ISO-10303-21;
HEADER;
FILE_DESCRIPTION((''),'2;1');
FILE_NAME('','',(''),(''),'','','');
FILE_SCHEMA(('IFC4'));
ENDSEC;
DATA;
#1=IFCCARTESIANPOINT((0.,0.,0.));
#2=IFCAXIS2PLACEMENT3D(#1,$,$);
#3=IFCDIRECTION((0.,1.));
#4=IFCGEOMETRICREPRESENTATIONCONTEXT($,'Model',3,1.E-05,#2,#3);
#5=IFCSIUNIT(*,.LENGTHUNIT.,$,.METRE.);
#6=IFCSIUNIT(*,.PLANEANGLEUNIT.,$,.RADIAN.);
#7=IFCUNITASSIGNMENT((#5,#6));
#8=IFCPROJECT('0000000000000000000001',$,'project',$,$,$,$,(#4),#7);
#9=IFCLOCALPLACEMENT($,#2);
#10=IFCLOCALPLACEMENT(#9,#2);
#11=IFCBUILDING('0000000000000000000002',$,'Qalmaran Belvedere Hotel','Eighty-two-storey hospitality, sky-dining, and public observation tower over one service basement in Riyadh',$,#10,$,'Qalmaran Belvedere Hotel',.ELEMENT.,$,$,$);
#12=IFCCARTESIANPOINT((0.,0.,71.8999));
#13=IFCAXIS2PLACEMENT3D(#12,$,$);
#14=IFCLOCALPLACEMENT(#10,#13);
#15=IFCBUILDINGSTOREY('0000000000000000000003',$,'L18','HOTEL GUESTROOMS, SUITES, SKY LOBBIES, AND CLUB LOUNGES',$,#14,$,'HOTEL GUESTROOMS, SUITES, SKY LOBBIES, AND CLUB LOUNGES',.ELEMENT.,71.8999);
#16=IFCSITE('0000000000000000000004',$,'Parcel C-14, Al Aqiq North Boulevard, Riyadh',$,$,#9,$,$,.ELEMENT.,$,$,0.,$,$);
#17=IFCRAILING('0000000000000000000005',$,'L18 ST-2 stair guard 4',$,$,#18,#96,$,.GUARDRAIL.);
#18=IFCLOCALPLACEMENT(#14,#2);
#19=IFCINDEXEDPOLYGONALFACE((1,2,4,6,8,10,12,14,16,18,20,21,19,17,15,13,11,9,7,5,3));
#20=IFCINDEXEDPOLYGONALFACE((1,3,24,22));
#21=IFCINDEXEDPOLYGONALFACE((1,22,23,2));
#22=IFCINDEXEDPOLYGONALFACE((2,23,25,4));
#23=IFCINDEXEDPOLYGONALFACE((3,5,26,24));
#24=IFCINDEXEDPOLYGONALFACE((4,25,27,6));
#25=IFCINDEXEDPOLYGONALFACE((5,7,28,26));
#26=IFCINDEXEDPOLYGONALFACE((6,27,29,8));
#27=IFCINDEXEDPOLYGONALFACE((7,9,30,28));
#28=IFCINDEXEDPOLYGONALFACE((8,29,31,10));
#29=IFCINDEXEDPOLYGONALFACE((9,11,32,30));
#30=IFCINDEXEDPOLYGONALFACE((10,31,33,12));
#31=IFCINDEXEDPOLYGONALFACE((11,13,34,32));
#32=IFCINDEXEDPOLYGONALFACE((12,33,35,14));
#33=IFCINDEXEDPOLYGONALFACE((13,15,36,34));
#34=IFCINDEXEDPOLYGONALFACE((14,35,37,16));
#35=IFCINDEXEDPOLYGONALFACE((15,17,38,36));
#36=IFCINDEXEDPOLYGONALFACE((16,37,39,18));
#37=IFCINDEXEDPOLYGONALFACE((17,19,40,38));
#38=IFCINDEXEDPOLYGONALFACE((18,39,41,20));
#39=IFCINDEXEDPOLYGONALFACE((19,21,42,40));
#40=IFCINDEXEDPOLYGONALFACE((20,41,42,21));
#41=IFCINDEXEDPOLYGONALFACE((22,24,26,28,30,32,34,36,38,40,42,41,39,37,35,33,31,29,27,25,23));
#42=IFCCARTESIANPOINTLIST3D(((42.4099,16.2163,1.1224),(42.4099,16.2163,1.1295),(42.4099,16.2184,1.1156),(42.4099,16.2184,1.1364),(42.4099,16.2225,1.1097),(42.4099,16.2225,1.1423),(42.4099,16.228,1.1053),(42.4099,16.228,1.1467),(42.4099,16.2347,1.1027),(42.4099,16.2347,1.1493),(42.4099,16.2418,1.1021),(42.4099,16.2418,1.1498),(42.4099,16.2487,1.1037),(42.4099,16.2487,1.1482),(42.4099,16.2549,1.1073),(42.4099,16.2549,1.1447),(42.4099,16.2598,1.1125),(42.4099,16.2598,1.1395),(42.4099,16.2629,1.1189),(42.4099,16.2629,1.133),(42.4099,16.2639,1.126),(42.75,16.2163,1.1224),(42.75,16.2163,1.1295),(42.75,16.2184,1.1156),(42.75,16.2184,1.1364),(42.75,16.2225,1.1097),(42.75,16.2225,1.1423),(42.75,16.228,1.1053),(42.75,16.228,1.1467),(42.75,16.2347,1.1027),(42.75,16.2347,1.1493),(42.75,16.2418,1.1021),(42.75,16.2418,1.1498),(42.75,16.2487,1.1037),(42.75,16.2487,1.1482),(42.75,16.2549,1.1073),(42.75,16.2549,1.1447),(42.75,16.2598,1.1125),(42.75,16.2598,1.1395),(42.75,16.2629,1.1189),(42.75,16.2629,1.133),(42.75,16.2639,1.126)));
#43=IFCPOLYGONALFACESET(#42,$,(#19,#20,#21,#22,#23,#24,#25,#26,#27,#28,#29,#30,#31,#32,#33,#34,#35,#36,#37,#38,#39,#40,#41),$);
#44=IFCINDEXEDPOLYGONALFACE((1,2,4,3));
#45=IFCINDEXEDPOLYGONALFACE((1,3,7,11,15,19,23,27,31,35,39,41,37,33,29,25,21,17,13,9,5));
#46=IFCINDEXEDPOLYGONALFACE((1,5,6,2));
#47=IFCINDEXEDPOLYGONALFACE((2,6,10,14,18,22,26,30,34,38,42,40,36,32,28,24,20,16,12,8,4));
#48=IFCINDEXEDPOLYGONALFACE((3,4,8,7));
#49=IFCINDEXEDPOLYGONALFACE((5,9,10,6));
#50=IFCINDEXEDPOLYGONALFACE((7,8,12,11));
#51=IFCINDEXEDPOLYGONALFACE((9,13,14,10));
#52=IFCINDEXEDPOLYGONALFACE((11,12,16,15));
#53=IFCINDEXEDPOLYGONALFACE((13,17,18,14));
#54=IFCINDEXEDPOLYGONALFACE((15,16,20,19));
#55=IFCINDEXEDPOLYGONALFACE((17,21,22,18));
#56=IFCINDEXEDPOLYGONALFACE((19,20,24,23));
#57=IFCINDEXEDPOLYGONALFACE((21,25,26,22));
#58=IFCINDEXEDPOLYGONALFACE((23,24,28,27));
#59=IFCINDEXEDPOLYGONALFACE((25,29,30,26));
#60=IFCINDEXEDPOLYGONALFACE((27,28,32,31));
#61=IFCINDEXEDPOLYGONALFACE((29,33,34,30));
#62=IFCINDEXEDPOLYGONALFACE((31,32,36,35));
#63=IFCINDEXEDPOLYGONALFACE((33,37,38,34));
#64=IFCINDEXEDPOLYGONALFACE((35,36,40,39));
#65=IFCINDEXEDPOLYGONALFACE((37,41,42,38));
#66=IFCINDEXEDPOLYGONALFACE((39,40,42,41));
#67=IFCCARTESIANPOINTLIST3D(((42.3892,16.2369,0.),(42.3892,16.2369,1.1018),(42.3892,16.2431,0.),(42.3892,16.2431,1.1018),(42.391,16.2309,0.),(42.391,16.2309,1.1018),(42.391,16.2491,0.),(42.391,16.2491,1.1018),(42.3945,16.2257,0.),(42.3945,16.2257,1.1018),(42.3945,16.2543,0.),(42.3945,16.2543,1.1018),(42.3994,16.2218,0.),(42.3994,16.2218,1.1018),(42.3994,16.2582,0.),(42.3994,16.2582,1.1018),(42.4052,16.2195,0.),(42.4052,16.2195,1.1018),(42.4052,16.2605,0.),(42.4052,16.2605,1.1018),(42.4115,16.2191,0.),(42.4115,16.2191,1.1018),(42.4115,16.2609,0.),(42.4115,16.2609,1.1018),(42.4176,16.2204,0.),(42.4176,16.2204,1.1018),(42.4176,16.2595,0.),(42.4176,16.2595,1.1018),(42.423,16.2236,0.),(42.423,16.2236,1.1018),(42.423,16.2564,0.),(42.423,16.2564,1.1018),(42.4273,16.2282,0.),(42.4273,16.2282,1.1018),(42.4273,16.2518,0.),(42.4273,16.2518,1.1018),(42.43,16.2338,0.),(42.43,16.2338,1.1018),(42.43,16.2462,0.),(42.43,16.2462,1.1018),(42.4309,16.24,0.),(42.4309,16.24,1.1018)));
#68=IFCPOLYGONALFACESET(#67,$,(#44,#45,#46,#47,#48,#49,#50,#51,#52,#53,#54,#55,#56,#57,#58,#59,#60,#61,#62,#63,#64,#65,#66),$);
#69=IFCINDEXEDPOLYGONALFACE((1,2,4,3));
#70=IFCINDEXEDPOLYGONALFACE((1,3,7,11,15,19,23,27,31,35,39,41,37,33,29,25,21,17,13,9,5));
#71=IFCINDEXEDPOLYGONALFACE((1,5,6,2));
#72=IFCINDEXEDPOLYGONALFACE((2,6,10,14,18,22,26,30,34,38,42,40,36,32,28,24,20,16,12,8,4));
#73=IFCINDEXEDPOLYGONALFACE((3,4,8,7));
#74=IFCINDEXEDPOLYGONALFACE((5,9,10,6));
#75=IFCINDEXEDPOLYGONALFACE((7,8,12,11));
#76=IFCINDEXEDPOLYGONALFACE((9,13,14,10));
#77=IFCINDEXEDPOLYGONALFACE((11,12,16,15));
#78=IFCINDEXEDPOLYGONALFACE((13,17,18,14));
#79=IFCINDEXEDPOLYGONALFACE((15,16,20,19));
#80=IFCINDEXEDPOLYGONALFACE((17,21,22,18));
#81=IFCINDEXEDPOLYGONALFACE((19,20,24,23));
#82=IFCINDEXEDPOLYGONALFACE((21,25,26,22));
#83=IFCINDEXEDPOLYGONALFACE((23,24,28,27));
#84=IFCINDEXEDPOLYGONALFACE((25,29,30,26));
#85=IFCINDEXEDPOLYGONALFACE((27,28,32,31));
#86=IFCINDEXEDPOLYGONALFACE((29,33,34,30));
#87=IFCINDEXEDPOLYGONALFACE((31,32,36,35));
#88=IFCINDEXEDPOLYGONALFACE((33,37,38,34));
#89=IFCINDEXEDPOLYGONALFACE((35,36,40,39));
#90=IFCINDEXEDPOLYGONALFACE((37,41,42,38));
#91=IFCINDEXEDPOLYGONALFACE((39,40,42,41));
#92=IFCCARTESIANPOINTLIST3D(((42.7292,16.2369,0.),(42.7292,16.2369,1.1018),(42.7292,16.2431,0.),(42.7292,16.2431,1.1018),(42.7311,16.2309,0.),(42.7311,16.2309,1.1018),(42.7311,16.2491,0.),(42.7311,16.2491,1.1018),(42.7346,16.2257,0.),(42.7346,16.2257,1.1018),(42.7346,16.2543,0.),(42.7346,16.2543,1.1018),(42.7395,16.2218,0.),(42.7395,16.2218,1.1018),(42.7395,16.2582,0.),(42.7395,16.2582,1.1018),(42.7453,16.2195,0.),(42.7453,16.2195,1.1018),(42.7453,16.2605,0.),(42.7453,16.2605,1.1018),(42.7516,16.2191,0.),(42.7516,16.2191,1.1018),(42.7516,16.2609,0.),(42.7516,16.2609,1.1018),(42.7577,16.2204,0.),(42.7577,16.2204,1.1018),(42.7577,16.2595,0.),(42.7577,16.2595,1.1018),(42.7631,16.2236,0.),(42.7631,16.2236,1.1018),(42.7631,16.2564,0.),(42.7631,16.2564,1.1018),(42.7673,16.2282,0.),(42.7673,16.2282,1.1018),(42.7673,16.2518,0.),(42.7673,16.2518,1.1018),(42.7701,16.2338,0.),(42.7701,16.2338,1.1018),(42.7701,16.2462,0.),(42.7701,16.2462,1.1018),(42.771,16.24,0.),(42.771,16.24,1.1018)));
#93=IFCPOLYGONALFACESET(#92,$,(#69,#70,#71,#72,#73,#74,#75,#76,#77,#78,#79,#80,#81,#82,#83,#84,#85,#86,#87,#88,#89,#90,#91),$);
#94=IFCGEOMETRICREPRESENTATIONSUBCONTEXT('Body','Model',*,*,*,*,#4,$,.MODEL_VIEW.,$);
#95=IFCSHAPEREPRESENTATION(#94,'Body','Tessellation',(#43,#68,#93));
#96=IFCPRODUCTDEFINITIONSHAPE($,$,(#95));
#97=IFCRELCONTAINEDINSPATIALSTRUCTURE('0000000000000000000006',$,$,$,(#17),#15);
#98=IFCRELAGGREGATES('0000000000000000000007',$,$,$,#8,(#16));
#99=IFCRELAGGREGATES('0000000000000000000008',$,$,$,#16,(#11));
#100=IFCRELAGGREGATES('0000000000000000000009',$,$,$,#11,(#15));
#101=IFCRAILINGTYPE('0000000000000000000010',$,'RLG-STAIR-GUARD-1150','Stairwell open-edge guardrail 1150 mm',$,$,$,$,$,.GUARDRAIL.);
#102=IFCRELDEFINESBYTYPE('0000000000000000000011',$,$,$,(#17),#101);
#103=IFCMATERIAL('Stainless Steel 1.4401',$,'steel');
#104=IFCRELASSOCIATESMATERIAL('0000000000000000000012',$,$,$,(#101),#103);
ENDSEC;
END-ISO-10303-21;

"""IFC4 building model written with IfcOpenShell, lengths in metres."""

from ifc_helpers import new_model, si_unit, direction, frame, origin, origin_2d, place, context, subcontext, project, spatial, circle, extrude, material, type_object, element, save


model = new_model("IFC4")

# Units and contexts
model_context = context("Model", 3, precision=1e-05, world=origin(), true_north=direction((0.0, 1.0)))
body_context = subcontext(model_context, "Body", "Model", "MODEL_VIEW")
ifc_project = project(units=[si_unit("LENGTHUNIT", "METRE"), si_unit("PLANEANGLEUNIT", "RADIAN")], contexts=[model_context])

# Site, building, storey
site_placement = place(None, origin())
site = spatial("IfcSite", under=ifc_project, at=site_placement, Name="Parcel C-14, Al Aqiq North Boulevard, Riyadh", CompositionType="ELEMENT", RefElevation=0.0)
building_placement = place(site_placement, origin())
building = spatial("IfcBuilding", under=site, at=building_placement, Name="Qalmaran Belvedere Hotel", Description="Eighty-two-storey hospitality, sky-dining, and public observation tower over one service basement in Riyadh", LongName="Qalmaran Belvedere Hotel", CompositionType="ELEMENT")
storey_placement = place(building_placement, frame((0.0, 0.0, 71.8999)))
storey = spatial("IfcBuildingStorey", under=building, at=storey_placement, Name="L18", Description="HOTEL GUESTROOMS, SUITES, SKY LOBBIES, AND CLUB LOUNGES", LongName="HOTEL GUESTROOMS, SUITES, SKY LOBBIES, AND CLUB LOUNGES", CompositionType="ELEMENT", Elevation=71.8999)

# Shared definitions
ifc_material_1 = material(Name="Stainless Steel 1.4401", Category="steel")

# Railing
railing_type_1 = type_object("IfcRailingType", Name="RLG-STAIR-GUARD-1150", Description="Stairwell open-edge guardrail 1150 mm", PredefinedType="GUARDRAIL", material=ifc_material_1)
railing_1_placement = place(storey_placement, frame((42.4099, 16.24, 0.0)))
element("IfcRailing", 1, at=railing_1_placement, inside=storey, type_object=railing_type_1, Name="L18 ST-2 stair guard 4", PredefinedType="GUARDRAIL", context=body_context, shape_type="SweptSolid", body=[
    extrude(circle(Radius=0.0239, at=origin_2d()), frame((0.0, 0.0, 1.126), z_axis=(1.0, 0.0, 0.0), x_axis=(0.0, 1.0, 0.0)), (0.0, 0.0, 1.0), 0.3401),
    extrude(circle(Radius=0.021, at=origin_2d()), origin(), (0.0, 0.0, 1.0), 1.1018),
    extrude(circle(Radius=0.021, at=origin_2d()), frame((0.3401, 0.0, 0.0)), (0.0, 0.0, 1.0), 1.1018),
])

save(model, "model.ifc")
